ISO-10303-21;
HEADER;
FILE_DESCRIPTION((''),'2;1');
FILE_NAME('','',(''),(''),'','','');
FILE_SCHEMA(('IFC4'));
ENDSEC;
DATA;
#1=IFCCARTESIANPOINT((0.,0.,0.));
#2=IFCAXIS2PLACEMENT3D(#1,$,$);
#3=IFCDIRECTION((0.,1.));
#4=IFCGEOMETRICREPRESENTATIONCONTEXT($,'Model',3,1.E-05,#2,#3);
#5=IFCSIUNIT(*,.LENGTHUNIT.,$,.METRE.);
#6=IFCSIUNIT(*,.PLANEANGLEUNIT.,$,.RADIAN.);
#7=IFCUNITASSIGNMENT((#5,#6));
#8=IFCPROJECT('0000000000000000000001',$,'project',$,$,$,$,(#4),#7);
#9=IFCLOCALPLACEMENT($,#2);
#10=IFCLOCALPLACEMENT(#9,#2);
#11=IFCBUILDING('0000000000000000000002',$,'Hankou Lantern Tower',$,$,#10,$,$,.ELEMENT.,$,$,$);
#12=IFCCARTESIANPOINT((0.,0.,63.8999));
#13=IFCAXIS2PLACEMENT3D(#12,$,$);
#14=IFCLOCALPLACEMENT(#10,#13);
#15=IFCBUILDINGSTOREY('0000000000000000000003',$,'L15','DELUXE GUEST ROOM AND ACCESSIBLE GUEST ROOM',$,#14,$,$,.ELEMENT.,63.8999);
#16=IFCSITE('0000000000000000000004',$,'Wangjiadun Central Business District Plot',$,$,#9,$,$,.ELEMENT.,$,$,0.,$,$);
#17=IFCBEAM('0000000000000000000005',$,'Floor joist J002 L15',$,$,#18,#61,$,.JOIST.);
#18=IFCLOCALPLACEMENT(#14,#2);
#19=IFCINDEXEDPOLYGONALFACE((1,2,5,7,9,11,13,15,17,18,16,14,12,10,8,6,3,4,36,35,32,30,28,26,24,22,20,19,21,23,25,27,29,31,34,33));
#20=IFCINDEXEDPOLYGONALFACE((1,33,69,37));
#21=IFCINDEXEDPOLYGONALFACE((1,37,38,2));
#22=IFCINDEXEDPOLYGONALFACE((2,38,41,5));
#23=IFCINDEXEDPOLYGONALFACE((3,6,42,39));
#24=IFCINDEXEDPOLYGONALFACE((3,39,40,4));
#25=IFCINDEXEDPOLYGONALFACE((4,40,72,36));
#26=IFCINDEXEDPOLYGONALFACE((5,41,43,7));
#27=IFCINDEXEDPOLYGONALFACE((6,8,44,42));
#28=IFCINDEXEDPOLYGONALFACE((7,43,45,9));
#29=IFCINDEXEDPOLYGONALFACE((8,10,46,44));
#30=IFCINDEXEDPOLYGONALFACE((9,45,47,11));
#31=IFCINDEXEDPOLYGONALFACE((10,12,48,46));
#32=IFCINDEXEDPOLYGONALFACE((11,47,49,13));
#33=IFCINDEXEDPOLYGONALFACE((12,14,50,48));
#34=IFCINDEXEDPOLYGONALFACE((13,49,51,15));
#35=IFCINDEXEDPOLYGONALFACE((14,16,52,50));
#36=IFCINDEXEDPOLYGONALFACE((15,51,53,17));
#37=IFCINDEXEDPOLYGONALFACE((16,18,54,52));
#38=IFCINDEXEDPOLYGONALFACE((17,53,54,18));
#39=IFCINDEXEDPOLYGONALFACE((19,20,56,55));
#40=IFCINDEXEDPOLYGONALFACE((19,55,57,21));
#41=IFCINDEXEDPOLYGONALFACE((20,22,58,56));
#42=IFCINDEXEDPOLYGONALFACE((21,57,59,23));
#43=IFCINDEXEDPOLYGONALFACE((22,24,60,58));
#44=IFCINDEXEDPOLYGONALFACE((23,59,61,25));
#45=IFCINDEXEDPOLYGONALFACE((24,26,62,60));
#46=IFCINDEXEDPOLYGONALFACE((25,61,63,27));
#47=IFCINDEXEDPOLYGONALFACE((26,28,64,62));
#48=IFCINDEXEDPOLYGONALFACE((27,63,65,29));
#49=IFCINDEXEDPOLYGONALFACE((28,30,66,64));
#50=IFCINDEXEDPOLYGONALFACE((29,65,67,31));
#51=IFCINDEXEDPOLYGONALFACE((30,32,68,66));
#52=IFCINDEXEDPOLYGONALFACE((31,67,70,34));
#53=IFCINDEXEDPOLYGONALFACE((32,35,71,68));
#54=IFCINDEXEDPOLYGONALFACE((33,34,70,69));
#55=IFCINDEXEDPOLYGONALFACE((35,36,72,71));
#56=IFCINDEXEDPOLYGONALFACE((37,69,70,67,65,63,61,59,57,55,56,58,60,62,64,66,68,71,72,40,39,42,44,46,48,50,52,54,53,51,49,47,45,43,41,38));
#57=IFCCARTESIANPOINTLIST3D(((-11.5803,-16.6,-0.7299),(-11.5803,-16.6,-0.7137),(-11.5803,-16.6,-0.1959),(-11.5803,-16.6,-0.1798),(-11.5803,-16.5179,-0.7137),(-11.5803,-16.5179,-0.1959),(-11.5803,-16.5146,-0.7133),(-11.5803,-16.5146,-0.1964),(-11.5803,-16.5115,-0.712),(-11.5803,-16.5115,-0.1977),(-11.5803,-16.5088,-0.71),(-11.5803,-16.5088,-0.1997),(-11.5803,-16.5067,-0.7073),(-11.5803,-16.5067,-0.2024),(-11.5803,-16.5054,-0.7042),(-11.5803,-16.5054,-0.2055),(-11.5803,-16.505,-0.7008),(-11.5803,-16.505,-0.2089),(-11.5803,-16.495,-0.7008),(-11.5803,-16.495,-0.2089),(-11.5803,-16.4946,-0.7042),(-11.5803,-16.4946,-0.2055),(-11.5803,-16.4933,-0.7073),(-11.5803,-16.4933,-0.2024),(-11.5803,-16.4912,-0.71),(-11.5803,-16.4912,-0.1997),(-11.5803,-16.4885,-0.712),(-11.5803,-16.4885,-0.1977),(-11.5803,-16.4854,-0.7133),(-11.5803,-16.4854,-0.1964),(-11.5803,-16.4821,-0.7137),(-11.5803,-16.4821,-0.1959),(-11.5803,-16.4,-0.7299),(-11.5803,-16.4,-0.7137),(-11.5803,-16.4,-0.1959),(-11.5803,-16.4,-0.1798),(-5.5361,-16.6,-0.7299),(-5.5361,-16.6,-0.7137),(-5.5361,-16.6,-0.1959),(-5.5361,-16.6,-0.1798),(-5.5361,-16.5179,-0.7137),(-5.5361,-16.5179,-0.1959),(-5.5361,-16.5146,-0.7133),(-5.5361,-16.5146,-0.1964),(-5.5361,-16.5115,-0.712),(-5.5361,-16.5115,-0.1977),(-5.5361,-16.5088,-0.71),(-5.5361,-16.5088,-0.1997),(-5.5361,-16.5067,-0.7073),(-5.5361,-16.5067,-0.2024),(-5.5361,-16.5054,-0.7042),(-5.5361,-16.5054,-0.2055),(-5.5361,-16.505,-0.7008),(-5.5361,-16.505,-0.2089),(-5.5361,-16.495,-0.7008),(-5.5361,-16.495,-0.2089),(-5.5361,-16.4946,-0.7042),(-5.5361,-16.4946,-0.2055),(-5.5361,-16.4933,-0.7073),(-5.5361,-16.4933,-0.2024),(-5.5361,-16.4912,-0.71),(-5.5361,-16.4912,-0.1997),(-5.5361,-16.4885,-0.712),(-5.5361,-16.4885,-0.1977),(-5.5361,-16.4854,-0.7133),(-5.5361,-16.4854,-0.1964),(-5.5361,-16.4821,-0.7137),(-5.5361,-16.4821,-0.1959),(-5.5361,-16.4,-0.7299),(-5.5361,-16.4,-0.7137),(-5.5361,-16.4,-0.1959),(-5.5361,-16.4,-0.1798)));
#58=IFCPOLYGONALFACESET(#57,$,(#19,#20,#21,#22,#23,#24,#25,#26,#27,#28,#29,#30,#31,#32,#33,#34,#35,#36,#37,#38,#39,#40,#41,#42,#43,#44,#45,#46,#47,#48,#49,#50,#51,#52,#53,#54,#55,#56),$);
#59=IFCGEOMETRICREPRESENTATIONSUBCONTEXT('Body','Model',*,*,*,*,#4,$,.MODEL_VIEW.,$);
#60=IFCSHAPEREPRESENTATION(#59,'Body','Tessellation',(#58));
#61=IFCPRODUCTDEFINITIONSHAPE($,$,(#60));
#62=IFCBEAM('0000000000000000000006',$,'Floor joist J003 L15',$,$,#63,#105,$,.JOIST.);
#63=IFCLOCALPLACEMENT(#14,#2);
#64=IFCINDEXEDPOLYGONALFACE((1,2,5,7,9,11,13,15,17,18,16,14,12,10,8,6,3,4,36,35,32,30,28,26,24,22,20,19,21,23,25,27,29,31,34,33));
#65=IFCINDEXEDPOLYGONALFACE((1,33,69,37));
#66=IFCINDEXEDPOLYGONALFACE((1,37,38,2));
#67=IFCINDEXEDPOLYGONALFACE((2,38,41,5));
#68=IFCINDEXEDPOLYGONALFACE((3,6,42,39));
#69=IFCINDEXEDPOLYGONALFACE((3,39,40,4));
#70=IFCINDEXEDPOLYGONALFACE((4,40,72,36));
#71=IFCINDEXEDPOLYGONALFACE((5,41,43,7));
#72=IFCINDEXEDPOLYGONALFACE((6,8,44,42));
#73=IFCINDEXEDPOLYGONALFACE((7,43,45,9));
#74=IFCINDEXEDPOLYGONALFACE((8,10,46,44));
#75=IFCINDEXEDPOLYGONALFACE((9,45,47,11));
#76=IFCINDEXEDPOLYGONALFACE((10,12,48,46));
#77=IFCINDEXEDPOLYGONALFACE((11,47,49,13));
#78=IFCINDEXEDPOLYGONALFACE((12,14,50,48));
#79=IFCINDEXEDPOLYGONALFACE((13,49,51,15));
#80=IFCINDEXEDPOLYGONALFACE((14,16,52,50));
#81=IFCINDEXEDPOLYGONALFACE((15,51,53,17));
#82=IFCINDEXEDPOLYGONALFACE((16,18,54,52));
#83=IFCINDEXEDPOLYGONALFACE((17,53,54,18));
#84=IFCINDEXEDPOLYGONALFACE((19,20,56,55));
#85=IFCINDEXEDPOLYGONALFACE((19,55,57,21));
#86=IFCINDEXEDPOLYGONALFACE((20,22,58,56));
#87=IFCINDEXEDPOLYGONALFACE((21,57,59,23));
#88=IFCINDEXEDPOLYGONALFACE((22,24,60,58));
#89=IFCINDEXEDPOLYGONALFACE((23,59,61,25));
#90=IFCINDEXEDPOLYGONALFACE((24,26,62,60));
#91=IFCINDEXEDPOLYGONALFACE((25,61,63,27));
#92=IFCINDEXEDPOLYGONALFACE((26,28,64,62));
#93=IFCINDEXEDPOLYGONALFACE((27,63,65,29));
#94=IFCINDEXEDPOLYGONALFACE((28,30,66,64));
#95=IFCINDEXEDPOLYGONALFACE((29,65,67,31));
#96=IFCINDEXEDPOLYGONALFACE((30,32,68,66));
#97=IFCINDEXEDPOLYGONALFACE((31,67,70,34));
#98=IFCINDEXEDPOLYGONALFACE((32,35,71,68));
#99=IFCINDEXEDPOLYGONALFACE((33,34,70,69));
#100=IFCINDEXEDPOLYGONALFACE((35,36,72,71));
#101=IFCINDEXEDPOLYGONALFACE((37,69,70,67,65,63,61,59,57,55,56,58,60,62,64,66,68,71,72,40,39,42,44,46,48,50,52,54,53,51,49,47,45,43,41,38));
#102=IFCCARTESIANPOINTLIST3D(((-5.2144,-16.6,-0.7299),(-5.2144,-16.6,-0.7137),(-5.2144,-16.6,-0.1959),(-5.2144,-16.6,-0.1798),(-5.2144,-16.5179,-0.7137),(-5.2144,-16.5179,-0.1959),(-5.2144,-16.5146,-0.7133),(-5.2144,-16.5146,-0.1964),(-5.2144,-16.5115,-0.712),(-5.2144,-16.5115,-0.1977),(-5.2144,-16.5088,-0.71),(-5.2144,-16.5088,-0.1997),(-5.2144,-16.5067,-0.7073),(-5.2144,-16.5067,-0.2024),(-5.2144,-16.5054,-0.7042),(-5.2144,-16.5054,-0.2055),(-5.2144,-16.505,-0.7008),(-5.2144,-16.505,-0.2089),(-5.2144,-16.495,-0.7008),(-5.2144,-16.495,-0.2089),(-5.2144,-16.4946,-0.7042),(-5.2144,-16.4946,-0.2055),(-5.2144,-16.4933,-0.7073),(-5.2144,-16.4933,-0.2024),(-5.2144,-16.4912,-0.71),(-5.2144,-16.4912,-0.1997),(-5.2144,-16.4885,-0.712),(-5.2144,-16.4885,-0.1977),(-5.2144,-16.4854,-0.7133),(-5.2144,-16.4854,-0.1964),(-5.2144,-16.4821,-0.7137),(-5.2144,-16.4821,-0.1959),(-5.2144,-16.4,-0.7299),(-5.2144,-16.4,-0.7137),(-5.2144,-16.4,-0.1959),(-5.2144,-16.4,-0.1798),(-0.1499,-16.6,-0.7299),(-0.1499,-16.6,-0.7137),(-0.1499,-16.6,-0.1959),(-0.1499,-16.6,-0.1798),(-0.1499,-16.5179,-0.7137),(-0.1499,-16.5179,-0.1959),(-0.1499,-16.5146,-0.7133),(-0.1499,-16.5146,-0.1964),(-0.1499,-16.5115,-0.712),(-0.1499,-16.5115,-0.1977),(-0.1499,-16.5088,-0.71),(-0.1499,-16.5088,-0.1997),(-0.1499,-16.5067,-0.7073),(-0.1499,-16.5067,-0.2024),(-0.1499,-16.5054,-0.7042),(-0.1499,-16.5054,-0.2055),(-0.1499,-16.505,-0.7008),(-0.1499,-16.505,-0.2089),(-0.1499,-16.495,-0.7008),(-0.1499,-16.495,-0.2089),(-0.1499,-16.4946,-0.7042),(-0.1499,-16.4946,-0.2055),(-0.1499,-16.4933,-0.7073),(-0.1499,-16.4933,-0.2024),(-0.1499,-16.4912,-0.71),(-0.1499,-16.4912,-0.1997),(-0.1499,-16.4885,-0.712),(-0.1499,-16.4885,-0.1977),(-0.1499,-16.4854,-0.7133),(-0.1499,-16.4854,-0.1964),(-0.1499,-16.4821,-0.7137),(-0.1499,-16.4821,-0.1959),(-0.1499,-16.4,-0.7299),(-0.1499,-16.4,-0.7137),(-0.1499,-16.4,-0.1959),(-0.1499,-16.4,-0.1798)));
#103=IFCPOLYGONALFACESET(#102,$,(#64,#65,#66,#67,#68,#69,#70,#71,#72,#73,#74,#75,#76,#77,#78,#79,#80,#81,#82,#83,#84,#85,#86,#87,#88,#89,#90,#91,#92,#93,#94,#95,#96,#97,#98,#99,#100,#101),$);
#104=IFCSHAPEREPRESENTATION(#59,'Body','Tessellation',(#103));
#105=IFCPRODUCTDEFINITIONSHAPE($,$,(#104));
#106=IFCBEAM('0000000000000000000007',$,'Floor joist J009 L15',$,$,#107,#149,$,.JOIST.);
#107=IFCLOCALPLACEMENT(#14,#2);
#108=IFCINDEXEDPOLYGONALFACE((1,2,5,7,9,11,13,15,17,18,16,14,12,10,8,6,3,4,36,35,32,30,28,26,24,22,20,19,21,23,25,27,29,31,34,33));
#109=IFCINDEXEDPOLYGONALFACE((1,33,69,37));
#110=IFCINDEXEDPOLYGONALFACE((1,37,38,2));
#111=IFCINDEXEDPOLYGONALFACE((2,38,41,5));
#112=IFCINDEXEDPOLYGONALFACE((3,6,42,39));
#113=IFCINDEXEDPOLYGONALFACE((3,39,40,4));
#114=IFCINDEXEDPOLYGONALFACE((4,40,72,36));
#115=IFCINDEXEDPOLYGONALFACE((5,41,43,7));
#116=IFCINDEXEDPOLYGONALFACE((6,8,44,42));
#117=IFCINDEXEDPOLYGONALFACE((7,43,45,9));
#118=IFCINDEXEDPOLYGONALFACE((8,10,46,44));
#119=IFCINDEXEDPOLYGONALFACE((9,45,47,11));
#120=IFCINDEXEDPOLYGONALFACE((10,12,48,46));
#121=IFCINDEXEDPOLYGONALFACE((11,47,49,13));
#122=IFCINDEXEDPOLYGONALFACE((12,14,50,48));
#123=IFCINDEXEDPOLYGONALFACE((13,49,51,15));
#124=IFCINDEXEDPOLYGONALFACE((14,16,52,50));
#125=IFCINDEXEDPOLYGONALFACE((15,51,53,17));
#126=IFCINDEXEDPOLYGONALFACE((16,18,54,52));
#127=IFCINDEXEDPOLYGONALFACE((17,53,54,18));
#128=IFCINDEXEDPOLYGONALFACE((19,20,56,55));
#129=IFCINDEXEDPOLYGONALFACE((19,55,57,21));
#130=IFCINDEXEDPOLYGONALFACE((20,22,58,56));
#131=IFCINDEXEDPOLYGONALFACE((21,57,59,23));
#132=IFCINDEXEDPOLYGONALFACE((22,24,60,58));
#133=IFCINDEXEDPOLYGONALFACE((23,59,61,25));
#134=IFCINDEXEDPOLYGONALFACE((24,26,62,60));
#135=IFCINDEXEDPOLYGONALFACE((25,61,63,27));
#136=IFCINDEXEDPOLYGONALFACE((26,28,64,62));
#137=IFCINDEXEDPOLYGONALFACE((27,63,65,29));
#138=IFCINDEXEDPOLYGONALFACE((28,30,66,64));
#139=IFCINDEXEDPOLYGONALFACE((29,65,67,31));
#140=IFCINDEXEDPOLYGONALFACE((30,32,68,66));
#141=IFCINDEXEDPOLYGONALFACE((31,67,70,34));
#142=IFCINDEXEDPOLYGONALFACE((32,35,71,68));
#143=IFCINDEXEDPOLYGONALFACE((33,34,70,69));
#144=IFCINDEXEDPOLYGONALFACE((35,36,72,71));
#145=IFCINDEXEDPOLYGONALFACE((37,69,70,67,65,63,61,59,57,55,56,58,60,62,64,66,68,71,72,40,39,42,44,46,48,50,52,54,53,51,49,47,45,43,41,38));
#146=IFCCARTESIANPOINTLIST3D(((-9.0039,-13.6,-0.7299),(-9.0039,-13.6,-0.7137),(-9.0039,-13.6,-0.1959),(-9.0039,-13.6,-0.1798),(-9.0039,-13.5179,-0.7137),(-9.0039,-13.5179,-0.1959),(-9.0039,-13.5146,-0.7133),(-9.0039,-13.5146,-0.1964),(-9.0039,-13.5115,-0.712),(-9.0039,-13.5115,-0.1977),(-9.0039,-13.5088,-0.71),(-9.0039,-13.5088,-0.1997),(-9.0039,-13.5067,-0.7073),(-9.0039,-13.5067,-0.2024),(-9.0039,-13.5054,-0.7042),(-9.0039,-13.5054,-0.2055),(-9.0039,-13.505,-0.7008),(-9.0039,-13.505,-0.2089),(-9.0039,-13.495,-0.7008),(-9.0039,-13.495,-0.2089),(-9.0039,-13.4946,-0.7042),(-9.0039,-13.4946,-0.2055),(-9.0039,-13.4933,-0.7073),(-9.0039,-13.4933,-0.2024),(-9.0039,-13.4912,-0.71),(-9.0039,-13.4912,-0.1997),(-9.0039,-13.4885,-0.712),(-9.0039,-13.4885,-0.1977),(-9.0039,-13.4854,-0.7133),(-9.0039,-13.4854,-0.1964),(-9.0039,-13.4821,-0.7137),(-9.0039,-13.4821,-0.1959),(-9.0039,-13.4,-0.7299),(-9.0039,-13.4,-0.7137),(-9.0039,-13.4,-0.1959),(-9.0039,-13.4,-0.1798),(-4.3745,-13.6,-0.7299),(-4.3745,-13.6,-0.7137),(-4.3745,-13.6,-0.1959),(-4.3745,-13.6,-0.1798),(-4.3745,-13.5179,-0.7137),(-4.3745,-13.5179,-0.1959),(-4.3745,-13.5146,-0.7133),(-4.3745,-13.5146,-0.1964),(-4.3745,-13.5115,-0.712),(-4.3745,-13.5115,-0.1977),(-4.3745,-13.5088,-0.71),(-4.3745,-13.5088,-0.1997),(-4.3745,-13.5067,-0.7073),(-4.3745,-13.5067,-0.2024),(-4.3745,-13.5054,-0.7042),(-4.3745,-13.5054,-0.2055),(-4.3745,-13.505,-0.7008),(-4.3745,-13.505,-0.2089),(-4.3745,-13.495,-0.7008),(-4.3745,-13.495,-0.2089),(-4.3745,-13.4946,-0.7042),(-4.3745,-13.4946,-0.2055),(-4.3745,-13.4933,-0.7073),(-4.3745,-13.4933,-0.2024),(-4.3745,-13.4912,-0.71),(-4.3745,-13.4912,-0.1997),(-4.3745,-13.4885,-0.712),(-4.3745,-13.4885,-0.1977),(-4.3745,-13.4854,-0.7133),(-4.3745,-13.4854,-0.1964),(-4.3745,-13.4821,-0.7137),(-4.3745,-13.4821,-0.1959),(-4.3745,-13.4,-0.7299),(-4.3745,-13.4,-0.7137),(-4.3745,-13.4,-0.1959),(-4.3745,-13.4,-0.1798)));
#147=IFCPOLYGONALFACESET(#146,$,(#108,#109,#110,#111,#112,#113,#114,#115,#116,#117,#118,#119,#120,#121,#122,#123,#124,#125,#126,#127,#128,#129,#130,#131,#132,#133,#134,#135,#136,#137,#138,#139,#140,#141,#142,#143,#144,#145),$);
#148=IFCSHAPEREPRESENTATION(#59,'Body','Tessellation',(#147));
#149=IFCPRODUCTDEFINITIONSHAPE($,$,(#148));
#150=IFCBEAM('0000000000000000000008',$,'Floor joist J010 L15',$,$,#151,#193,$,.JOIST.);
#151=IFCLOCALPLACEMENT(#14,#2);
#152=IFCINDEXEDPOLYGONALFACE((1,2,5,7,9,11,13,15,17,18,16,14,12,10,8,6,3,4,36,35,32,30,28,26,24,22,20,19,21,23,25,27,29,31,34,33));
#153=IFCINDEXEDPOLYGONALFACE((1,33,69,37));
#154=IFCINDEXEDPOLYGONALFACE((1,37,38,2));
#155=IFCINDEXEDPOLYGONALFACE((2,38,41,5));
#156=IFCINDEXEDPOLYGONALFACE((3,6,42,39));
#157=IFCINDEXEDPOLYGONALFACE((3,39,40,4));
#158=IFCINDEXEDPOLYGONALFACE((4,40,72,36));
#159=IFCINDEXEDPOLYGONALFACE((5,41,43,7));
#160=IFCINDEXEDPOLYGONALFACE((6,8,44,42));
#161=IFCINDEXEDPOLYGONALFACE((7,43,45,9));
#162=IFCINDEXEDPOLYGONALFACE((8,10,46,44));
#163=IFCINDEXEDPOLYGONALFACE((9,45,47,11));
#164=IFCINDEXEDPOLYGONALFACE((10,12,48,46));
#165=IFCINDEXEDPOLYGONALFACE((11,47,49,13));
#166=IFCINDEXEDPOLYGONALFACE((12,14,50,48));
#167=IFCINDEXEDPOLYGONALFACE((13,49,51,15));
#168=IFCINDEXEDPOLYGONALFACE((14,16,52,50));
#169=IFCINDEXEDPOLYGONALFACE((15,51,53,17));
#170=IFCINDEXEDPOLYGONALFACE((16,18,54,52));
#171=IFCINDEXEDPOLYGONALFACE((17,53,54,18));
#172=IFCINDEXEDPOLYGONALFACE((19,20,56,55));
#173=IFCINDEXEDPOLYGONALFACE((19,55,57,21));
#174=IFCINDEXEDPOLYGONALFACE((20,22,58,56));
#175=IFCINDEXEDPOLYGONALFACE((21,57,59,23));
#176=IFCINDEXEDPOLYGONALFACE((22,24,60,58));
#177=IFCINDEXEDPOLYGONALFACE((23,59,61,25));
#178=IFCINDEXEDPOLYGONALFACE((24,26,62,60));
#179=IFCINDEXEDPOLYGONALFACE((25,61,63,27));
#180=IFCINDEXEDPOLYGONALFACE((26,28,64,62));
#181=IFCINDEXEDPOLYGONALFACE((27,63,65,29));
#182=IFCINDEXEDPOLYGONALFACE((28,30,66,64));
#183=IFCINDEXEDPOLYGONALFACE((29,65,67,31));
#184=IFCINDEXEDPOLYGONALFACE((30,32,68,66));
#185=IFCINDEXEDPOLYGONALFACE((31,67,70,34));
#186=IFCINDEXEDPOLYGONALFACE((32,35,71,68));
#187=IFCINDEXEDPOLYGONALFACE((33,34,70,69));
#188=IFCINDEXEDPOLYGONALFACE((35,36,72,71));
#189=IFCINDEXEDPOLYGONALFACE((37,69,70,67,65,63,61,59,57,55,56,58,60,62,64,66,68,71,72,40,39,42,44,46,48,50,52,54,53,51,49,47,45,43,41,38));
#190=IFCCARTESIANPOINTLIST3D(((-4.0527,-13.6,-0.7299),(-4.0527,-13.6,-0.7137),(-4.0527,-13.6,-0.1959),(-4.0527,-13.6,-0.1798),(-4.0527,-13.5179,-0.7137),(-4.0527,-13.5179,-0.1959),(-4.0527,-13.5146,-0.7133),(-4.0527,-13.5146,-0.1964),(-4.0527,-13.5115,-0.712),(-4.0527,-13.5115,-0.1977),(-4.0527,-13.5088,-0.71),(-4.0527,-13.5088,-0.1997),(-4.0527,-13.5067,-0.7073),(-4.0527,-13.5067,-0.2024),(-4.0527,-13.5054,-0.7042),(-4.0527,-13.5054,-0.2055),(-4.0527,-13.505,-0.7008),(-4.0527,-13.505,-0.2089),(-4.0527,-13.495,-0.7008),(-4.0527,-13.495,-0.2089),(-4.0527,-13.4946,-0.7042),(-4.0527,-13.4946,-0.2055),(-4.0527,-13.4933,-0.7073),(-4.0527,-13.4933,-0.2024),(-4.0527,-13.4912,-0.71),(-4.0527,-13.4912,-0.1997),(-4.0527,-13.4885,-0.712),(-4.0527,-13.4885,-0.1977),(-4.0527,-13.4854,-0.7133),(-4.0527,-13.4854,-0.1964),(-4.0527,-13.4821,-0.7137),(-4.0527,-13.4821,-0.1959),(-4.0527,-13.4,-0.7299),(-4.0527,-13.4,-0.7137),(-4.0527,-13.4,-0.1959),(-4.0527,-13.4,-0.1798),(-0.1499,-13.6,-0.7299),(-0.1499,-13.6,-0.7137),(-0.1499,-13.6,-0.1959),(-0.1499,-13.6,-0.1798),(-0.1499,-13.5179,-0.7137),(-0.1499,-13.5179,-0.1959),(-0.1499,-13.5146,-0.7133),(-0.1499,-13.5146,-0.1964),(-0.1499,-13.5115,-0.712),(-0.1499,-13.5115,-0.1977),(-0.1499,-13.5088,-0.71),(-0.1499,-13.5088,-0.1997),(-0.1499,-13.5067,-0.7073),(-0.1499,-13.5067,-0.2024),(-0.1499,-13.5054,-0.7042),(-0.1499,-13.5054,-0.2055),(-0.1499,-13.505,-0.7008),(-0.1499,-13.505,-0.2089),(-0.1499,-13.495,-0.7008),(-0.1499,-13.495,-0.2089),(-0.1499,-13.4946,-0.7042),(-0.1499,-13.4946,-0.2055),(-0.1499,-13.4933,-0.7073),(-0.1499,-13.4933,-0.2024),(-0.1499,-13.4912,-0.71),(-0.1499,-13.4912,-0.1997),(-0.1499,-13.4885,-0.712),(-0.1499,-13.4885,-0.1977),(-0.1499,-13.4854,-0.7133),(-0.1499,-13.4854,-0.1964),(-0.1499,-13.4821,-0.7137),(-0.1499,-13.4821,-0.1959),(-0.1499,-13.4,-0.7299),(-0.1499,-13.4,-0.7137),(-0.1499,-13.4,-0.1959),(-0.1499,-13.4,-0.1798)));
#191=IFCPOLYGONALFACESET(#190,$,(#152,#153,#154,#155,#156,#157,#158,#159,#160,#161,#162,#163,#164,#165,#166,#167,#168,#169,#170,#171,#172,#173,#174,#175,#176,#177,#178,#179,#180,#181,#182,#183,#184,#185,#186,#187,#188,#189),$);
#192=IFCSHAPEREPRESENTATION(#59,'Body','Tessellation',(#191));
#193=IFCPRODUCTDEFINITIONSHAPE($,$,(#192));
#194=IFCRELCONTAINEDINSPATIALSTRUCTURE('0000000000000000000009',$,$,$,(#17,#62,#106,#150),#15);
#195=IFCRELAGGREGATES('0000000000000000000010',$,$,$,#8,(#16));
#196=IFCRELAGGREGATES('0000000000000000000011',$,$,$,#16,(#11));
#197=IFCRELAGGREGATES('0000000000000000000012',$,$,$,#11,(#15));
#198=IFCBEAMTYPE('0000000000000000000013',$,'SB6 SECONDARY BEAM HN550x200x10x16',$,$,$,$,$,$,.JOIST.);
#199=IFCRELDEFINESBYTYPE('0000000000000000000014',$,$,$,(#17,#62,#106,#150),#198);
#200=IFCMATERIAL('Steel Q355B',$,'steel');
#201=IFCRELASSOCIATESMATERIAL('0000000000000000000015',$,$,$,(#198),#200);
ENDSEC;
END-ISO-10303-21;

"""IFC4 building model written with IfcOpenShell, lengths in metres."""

from ifc_helpers import new_model, si_unit, direction, frame, origin, origin_2d, place, context, subcontext, project, spatial, i_section, extrude, material, material_profile, profile_set, type_object, element, save


model = new_model("IFC4")

# Units and contexts
model_context = context("Model", 3, precision=1e-05, world=origin(), true_north=direction((0.0, 1.0)))
body_context = subcontext(model_context, "Body", "Model", "MODEL_VIEW")
ifc_project = project(units=[si_unit("LENGTHUNIT", "METRE"), si_unit("PLANEANGLEUNIT", "RADIAN")], contexts=[model_context])

# Site, building, storey
site_placement = place(None, origin())
site = spatial("IfcSite", under=ifc_project, at=site_placement, Name="Wangjiadun Central Business District Plot", CompositionType="ELEMENT", RefElevation=0.0)
building_placement = place(site_placement, origin())
building = spatial("IfcBuilding", under=site, at=building_placement, Name="Hankou Lantern Tower", CompositionType="ELEMENT")
storey_placement = place(building_placement, frame((0.0, 0.0, 63.8999)))
storey = spatial("IfcBuildingStorey", under=building, at=storey_placement, Name="L15", Description="DELUXE GUEST ROOM AND ACCESSIBLE GUEST ROOM", CompositionType="ELEMENT", Elevation=63.8999)

# Beams
ifc_material_1 = material(Name="Steel Q355B", Category="steel")
ifc_material_profile_1 = material_profile(ifc_material_1, i_section(OverallWidth=0.2, OverallDepth=0.55, WebThickness=0.01, FlangeThickness=0.0161, FilletRadius=0.0129, at=origin_2d()), Name="HN550x200x10x16")
ifc_profile_set_1 = profile_set([ifc_material_profile_1], Name="Steel Q355B")
beam_type_1 = type_object("IfcBeamType", Name="SB6 SECONDARY BEAM HN550x200x10x16", PredefinedType="JOIST", material=ifc_profile_set_1)
beam_1_placement = place(storey_placement, frame((-11.5803, -16.5, -0.4548), z_axis=(1.0, 0.0, 0.0), x_axis=(0.0, 1.0, 0.0)))
element("IfcBeam", 1, at=beam_1_placement, inside=storey, type_object=beam_type_1, Name="Floor joist J002 L15", PredefinedType="JOIST", context=body_context, shape_type="SweptSolid", body=[
    extrude(i_section(OverallWidth=0.2, OverallDepth=0.55, WebThickness=0.01, FlangeThickness=0.0161, FilletRadius=0.0129, at=origin_2d()), origin(), (0.0, 0.0, 1.0), 6.0442),
])
beam_2_placement = place(storey_placement, frame((-5.2144, -16.5, -0.4548), z_axis=(1.0, 0.0, 0.0), x_axis=(0.0, 1.0, 0.0)))
element("IfcBeam", 2, at=beam_2_placement, inside=storey, type_object=beam_type_1, Name="Floor joist J003 L15", PredefinedType="JOIST", context=body_context, shape_type="SweptSolid", body=[
    extrude(i_section(OverallWidth=0.2, OverallDepth=0.55, WebThickness=0.01, FlangeThickness=0.0161, FilletRadius=0.0129, at=origin_2d()), origin(), (0.0, 0.0, 1.0), 5.0645),
])
beam_3_placement = place(storey_placement, frame((-9.0039, -13.5, -0.4548), z_axis=(1.0, 0.0, 0.0), x_axis=(0.0, 1.0, 0.0)))
element("IfcBeam", 3, at=beam_3_placement, inside=storey, type_object=beam_type_1, Name="Floor joist J009 L15", PredefinedType="JOIST", context=body_context, shape_type="SweptSolid", body=[
    extrude(i_section(OverallWidth=0.2, OverallDepth=0.55, WebThickness=0.01, FlangeThickness=0.0161, FilletRadius=0.0129, at=origin_2d()), origin(), (0.0, 0.0, 1.0), 4.6294),
])
beam_4_placement = place(storey_placement, frame((-4.0527, -13.5, -0.4548), z_axis=(1.0, 0.0, 0.0), x_axis=(0.0, 1.0, 0.0)))
element("IfcBeam", 4, at=beam_4_placement, inside=storey, type_object=beam_type_1, Name="Floor joist J010 L15", PredefinedType="JOIST", context=body_context, shape_type="SweptSolid", body=[
    extrude(i_section(OverallWidth=0.2, OverallDepth=0.55, WebThickness=0.01, FlangeThickness=0.0161, FilletRadius=0.0129, at=origin_2d()), origin(), (0.0, 0.0, 1.0), 3.9028),
])

save(model, "model.ifc")
